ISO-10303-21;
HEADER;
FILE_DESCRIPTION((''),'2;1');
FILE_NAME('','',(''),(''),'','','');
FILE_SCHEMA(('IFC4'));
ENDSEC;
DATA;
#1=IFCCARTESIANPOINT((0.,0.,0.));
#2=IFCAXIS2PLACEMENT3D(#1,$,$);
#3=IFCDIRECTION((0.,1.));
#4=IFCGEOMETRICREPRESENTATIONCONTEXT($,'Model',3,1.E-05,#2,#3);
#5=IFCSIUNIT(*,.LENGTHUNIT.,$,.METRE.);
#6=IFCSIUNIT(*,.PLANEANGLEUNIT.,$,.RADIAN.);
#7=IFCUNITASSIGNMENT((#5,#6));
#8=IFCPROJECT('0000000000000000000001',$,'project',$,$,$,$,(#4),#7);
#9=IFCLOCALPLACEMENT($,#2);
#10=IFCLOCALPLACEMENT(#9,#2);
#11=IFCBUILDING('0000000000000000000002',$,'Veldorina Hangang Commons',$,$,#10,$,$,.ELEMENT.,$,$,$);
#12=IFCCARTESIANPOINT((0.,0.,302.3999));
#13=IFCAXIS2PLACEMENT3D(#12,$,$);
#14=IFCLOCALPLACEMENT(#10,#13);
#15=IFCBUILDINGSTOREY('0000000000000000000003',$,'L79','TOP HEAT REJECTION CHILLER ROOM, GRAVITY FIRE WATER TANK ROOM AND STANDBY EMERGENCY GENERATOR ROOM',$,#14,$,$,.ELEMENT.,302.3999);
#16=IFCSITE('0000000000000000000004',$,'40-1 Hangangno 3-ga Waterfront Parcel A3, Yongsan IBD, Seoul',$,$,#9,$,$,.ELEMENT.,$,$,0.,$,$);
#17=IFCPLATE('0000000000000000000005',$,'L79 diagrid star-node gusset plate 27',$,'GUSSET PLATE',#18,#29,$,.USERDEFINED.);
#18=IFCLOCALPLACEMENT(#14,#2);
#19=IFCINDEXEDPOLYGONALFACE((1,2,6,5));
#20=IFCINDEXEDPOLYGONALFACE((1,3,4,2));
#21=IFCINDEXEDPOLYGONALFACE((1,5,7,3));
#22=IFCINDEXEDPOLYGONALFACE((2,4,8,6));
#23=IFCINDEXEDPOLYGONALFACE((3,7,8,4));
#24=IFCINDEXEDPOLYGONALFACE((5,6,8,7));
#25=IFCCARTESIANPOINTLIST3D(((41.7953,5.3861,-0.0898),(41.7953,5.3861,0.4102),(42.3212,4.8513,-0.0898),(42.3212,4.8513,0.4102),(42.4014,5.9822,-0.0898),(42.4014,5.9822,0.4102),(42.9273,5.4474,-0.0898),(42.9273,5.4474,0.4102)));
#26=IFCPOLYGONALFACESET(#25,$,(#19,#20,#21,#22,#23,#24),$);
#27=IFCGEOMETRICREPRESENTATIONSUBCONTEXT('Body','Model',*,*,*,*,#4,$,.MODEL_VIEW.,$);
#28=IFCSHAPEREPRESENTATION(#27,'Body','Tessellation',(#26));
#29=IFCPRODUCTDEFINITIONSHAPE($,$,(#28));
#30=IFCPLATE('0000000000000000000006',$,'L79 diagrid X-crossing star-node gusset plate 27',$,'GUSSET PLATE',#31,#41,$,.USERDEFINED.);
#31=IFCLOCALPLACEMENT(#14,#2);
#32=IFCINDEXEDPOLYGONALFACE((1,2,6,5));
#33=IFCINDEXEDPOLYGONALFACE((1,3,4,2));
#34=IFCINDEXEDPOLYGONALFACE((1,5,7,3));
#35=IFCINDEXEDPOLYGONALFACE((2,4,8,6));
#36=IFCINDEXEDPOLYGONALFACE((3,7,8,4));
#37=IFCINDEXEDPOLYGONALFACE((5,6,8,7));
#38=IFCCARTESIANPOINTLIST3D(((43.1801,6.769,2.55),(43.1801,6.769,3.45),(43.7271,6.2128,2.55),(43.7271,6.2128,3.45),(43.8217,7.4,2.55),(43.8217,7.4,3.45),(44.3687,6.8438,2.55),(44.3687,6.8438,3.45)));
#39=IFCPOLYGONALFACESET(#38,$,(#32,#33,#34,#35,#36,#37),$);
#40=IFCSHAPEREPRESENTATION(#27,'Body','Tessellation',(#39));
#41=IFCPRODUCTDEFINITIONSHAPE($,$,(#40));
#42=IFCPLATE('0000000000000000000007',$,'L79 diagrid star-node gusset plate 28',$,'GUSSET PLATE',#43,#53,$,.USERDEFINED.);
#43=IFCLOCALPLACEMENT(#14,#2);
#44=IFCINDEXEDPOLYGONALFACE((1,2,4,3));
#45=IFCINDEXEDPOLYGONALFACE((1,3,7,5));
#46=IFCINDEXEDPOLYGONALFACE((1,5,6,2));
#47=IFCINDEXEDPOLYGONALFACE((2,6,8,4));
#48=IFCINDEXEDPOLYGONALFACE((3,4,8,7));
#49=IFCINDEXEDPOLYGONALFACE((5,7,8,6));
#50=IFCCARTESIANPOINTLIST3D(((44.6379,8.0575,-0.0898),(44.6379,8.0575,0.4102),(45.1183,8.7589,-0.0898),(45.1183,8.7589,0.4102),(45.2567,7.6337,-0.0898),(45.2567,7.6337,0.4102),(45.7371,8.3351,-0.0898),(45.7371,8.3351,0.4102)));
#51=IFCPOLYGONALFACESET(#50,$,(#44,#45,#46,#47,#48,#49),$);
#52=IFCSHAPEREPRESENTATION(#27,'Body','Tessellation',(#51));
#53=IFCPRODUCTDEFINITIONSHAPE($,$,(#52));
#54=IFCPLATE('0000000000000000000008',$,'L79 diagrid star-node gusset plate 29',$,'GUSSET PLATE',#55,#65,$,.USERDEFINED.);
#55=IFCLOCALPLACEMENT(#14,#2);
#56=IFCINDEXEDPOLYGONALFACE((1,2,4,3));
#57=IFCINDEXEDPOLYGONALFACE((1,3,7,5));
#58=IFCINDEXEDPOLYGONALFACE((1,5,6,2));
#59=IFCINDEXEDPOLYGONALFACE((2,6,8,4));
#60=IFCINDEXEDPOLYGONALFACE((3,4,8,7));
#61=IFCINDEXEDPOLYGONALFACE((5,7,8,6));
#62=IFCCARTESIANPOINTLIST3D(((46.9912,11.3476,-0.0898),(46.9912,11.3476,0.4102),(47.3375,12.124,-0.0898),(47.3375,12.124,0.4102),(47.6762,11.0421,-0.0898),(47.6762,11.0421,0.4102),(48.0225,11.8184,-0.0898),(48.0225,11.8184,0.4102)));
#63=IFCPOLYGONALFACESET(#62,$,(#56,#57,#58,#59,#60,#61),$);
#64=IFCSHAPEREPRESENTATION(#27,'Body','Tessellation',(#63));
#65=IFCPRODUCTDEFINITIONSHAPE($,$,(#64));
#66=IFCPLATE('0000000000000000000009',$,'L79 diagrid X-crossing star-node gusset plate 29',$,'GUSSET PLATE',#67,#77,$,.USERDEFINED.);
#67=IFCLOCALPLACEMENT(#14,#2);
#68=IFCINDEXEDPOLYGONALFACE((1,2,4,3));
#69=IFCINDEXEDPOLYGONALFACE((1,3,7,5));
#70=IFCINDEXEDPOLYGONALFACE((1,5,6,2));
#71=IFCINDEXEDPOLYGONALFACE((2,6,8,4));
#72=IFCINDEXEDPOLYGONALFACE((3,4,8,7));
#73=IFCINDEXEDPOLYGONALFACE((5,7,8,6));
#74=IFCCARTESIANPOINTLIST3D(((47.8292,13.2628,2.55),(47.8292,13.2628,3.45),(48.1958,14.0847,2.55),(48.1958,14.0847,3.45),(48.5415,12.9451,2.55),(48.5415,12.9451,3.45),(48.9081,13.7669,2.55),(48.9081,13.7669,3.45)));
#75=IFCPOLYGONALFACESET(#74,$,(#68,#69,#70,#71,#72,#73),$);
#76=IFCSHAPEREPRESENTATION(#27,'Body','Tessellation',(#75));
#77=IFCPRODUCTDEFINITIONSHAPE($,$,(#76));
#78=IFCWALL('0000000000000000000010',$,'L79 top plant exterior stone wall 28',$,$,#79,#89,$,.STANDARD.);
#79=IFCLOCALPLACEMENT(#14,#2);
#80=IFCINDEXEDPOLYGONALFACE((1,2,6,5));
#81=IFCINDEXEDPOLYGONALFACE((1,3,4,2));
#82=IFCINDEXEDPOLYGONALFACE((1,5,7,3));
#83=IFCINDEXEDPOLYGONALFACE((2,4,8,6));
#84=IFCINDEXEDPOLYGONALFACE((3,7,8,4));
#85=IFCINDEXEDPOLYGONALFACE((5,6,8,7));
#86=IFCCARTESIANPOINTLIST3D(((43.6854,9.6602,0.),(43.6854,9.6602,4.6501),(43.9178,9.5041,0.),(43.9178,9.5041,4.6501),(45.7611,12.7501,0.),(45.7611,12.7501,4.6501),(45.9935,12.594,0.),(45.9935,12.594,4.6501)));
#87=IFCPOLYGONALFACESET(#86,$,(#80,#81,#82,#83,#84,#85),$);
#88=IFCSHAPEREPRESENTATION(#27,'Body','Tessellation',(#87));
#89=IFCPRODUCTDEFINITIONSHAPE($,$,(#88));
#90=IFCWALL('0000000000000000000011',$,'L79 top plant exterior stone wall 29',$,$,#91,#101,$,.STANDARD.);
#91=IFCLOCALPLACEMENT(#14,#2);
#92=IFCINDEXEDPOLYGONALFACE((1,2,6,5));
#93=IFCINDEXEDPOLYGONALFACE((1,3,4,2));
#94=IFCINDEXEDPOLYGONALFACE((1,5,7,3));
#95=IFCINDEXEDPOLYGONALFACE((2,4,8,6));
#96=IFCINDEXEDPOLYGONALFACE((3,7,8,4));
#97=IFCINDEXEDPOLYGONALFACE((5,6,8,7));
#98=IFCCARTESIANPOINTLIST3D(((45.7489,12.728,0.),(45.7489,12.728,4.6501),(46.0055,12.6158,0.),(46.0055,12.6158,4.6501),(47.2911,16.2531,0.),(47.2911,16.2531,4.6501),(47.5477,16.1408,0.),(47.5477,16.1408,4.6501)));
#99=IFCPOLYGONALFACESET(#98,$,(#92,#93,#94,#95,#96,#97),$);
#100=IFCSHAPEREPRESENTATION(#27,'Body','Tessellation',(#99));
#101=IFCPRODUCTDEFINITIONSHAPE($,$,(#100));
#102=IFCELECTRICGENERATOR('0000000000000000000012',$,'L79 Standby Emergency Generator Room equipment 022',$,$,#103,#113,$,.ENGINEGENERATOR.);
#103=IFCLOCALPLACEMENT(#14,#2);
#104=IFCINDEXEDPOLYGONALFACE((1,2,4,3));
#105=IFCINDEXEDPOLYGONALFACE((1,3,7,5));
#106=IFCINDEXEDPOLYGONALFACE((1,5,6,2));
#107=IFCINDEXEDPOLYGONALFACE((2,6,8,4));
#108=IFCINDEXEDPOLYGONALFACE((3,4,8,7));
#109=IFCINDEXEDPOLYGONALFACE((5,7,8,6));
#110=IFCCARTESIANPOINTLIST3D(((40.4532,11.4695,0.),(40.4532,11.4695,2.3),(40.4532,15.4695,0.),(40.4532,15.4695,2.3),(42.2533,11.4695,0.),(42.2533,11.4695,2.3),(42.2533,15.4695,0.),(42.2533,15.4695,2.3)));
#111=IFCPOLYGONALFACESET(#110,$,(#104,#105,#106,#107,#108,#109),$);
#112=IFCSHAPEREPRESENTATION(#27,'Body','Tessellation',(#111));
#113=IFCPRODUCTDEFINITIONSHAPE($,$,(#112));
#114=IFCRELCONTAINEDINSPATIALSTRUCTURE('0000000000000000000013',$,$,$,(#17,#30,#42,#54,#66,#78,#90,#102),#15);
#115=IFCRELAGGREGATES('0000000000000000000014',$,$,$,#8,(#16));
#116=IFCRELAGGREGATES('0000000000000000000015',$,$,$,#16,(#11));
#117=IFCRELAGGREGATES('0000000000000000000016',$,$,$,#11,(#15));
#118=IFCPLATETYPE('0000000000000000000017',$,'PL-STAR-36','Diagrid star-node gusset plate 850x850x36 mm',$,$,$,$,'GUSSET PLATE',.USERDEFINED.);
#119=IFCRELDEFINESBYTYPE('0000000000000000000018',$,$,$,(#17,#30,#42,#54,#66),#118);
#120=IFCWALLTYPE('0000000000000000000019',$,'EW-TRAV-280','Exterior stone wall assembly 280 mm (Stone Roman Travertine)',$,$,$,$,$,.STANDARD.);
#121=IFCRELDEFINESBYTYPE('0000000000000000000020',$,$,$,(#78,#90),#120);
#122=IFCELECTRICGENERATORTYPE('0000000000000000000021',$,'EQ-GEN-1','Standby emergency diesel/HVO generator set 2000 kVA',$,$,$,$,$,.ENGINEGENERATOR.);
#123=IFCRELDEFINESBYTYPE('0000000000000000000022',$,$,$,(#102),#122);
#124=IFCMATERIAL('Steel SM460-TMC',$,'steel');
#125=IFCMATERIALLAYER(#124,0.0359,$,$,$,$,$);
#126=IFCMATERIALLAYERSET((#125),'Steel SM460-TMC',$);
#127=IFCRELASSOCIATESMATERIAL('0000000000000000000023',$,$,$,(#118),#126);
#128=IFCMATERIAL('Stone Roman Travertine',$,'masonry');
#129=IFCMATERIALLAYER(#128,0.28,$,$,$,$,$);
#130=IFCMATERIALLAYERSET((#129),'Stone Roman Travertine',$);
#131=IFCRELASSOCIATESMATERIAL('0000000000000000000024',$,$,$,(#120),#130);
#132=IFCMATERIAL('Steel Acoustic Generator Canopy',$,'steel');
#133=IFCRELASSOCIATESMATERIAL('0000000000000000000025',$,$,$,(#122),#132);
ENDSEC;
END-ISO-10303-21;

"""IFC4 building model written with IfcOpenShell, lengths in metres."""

from ifc_helpers import new_model, si_unit, direction, frame, frame_2d, origin, origin_2d, place, context, subcontext, project, spatial, rectangle, extrude, material, layer, layer_set, type_object, element, save


model = new_model("IFC4")

# Units and contexts
model_context = context("Model", 3, precision=1e-05, world=origin(), true_north=direction((0.0, 1.0)))
body_context = subcontext(model_context, "Body", "Model", "MODEL_VIEW")
ifc_project = project(units=[si_unit("LENGTHUNIT", "METRE"), si_unit("PLANEANGLEUNIT", "RADIAN")], contexts=[model_context])

# Site, building, storey
site_placement = place(None, origin())
site = spatial("IfcSite", under=ifc_project, at=site_placement, Name="40-1 Hangangno 3-ga Waterfront Parcel A3, Yongsan IBD, Seoul", CompositionType="ELEMENT", RefElevation=0.0)
building_placement = place(site_placement, origin())
building = spatial("IfcBuilding", under=site, at=building_placement, Name="Veldorina Hangang Commons", CompositionType="ELEMENT")
storey_placement = place(building_placement, frame((0.0, 0.0, 302.3999)))
storey = spatial("IfcBuildingStorey", under=building, at=storey_placement, Name="L79", Description="TOP HEAT REJECTION CHILLER ROOM, GRAVITY FIRE WATER TANK ROOM AND STANDBY EMERGENCY GENERATOR ROOM", CompositionType="ELEMENT", Elevation=302.3999)

# Shared definitions
ifc_material_1 = material(Name="Steel SM460-TMC", Category="steel")

# Plates
ifc_layer_1 = layer(ifc_material_1, 0.0359)
ifc_layer_set_1 = layer_set([ifc_layer_1], Name="Steel SM460-TMC")
plate_type_1 = type_object("IfcPlateType", Name="PL-STAR-36", Description="Diagrid star-node gusset plate 850x850x36 mm", ElementType="GUSSET PLATE", PredefinedType="USERDEFINED", material=ifc_layer_set_1)
plate_1_placement = place(storey_placement, frame((42.3613, 5.4167, -0.0898), z_axis=(0.0, 0.0, 1.0), x_axis=(0.712957, 0.701208, 0.0)))
element("IfcPlate", 1, at=plate_1_placement, inside=storey, type_object=plate_type_1, Name="L79 diagrid star-node gusset plate 27", ObjectType="GUSSET PLATE", PredefinedType="USERDEFINED", context=body_context, shape_type="SweptSolid", body=[
    extrude(rectangle(XDim=0.8501, YDim=0.75, at=origin_2d()), origin(), (0.0, 0.0, 1.0), 0.5),
])
plate_2_placement = place(storey_placement, frame((43.7744, 6.8064, 2.55), z_axis=(0.0, 0.0, 1.0), x_axis=(0.712957, 0.701208, 0.0)))
element("IfcPlate", 2, at=plate_2_placement, inside=storey, type_object=plate_type_1, Name="L79 diagrid X-crossing star-node gusset plate 27", ObjectType="GUSSET PLATE", PredefinedType="USERDEFINED", context=body_context, shape_type="SweptSolid", body=[
    extrude(rectangle(XDim=0.8999, YDim=0.78, at=origin_2d()), origin(), (0.0, 0.0, 1.0), 0.8999),
])
for number, where, z_axis, x_axis, name in (
    (3, (45.1875, 8.1963, -0.0898), (0.0, 0.0, 1.0), (0.565039, 0.825064, 0.0), "L79 diagrid star-node gusset plate 28"),
    (4, (47.5068, 11.583, -0.0898), (0.0, 0.0, 1.0), (0.407358, 0.913268, 0.0), "L79 diagrid star-node gusset plate 29"),
):
    element("IfcPlate", number, at=place(storey_placement, frame(where, z_axis=z_axis, x_axis=x_axis)), inside=storey, type_object=plate_type_1, Name=name, ObjectType="GUSSET PLATE", PredefinedType="USERDEFINED", context=body_context, shape_type="SweptSolid", body=[
        extrude(rectangle(XDim=0.8501, YDim=0.75, at=origin_2d()), origin(), (0.0, 0.0, 1.0), 0.5),
    ])
plate_3_placement = place(storey_placement, frame((48.3687, 13.5149, 2.55), z_axis=(0.0, 0.0, 1.0), x_axis=(0.407358, 0.913268, 0.0)))
element("IfcPlate", 5, at=plate_3_placement, inside=storey, type_object=plate_type_1, Name="L79 diagrid X-crossing star-node gusset plate 29", ObjectType="GUSSET PLATE", PredefinedType="USERDEFINED", context=body_context, shape_type="SweptSolid", body=[
    extrude(rectangle(XDim=0.8999, YDim=0.78, at=origin_2d()), origin(), (0.0, 0.0, 1.0), 0.8999),
])

# Walls
ifc_material_2 = material(Name="Stone Roman Travertine", Category="masonry")
ifc_layer_2 = layer(ifc_material_2, 0.28)
ifc_layer_set_2 = layer_set([ifc_layer_2], Name="Stone Roman Travertine")
wall_type = type_object("IfcWallType", Name="EW-TRAV-280", Description="Exterior stone wall assembly 280 mm (Stone Roman Travertine)", PredefinedType="STANDARD", material=ifc_layer_set_2)
wall_1_placement = place(storey_placement, frame((43.8015, 9.582, 0.0), z_axis=(0.0, 0.0, 1.0), x_axis=(0.557633, 0.830088, 0.0)))
element("IfcWall", 6, at=wall_1_placement, inside=storey, type_object=wall_type, Name="L79 top plant exterior stone wall 28", PredefinedType="STANDARD", context=body_context, shape_type="SweptSolid", body=[
    extrude(rectangle(XDim=3.7224, YDim=0.28, at=frame_2d((1.8613, 0.0))), origin(), (0.0, 0.0, 1.0), 4.6501),
])
wall_2_placement = place(storey_placement, frame((45.8772, 12.6719, 0.0), z_axis=(0.0, 0.0, 1.0), x_axis=(0.400816, 0.916159, 0.0)))
element("IfcWall", 7, at=wall_2_placement, inside=storey, type_object=wall_type, Name="L79 top plant exterior stone wall 29", PredefinedType="STANDARD", context=body_context, shape_type="SweptSolid", body=[
    extrude(rectangle(XDim=3.8477, YDim=0.28, at=frame_2d((1.9238, 0.0))), origin(), (0.0, 0.0, 1.0), 4.6501),
])

# Electric generator
ifc_material_3 = material(Name="Steel Acoustic Generator Canopy", Category="steel")
electric_generator_type = type_object("IfcElectricGeneratorType", Name="EQ-GEN-1", Description="Standby emergency diesel/HVO generator set 2000 kVA", PredefinedType="ENGINEGENERATOR", material=ifc_material_3)
electric_generator_placement = place(storey_placement, frame((41.3533, 13.4695, 0.0), z_axis=(0.0, 0.0, 1.0), x_axis=(1.0, 0.0, 0.0)))
element("IfcElectricGenerator", 8, at=electric_generator_placement, inside=storey, type_object=electric_generator_type, Name="L79 Standby Emergency Generator Room equipment 022", PredefinedType="ENGINEGENERATOR", context=body_context, shape_type="SweptSolid", body=[
    extrude(rectangle(XDim=1.8, YDim=4.0, at=origin_2d()), origin(), (0.0, 0.0, 1.0), 2.3),
])

save(model, "model.ifc")
